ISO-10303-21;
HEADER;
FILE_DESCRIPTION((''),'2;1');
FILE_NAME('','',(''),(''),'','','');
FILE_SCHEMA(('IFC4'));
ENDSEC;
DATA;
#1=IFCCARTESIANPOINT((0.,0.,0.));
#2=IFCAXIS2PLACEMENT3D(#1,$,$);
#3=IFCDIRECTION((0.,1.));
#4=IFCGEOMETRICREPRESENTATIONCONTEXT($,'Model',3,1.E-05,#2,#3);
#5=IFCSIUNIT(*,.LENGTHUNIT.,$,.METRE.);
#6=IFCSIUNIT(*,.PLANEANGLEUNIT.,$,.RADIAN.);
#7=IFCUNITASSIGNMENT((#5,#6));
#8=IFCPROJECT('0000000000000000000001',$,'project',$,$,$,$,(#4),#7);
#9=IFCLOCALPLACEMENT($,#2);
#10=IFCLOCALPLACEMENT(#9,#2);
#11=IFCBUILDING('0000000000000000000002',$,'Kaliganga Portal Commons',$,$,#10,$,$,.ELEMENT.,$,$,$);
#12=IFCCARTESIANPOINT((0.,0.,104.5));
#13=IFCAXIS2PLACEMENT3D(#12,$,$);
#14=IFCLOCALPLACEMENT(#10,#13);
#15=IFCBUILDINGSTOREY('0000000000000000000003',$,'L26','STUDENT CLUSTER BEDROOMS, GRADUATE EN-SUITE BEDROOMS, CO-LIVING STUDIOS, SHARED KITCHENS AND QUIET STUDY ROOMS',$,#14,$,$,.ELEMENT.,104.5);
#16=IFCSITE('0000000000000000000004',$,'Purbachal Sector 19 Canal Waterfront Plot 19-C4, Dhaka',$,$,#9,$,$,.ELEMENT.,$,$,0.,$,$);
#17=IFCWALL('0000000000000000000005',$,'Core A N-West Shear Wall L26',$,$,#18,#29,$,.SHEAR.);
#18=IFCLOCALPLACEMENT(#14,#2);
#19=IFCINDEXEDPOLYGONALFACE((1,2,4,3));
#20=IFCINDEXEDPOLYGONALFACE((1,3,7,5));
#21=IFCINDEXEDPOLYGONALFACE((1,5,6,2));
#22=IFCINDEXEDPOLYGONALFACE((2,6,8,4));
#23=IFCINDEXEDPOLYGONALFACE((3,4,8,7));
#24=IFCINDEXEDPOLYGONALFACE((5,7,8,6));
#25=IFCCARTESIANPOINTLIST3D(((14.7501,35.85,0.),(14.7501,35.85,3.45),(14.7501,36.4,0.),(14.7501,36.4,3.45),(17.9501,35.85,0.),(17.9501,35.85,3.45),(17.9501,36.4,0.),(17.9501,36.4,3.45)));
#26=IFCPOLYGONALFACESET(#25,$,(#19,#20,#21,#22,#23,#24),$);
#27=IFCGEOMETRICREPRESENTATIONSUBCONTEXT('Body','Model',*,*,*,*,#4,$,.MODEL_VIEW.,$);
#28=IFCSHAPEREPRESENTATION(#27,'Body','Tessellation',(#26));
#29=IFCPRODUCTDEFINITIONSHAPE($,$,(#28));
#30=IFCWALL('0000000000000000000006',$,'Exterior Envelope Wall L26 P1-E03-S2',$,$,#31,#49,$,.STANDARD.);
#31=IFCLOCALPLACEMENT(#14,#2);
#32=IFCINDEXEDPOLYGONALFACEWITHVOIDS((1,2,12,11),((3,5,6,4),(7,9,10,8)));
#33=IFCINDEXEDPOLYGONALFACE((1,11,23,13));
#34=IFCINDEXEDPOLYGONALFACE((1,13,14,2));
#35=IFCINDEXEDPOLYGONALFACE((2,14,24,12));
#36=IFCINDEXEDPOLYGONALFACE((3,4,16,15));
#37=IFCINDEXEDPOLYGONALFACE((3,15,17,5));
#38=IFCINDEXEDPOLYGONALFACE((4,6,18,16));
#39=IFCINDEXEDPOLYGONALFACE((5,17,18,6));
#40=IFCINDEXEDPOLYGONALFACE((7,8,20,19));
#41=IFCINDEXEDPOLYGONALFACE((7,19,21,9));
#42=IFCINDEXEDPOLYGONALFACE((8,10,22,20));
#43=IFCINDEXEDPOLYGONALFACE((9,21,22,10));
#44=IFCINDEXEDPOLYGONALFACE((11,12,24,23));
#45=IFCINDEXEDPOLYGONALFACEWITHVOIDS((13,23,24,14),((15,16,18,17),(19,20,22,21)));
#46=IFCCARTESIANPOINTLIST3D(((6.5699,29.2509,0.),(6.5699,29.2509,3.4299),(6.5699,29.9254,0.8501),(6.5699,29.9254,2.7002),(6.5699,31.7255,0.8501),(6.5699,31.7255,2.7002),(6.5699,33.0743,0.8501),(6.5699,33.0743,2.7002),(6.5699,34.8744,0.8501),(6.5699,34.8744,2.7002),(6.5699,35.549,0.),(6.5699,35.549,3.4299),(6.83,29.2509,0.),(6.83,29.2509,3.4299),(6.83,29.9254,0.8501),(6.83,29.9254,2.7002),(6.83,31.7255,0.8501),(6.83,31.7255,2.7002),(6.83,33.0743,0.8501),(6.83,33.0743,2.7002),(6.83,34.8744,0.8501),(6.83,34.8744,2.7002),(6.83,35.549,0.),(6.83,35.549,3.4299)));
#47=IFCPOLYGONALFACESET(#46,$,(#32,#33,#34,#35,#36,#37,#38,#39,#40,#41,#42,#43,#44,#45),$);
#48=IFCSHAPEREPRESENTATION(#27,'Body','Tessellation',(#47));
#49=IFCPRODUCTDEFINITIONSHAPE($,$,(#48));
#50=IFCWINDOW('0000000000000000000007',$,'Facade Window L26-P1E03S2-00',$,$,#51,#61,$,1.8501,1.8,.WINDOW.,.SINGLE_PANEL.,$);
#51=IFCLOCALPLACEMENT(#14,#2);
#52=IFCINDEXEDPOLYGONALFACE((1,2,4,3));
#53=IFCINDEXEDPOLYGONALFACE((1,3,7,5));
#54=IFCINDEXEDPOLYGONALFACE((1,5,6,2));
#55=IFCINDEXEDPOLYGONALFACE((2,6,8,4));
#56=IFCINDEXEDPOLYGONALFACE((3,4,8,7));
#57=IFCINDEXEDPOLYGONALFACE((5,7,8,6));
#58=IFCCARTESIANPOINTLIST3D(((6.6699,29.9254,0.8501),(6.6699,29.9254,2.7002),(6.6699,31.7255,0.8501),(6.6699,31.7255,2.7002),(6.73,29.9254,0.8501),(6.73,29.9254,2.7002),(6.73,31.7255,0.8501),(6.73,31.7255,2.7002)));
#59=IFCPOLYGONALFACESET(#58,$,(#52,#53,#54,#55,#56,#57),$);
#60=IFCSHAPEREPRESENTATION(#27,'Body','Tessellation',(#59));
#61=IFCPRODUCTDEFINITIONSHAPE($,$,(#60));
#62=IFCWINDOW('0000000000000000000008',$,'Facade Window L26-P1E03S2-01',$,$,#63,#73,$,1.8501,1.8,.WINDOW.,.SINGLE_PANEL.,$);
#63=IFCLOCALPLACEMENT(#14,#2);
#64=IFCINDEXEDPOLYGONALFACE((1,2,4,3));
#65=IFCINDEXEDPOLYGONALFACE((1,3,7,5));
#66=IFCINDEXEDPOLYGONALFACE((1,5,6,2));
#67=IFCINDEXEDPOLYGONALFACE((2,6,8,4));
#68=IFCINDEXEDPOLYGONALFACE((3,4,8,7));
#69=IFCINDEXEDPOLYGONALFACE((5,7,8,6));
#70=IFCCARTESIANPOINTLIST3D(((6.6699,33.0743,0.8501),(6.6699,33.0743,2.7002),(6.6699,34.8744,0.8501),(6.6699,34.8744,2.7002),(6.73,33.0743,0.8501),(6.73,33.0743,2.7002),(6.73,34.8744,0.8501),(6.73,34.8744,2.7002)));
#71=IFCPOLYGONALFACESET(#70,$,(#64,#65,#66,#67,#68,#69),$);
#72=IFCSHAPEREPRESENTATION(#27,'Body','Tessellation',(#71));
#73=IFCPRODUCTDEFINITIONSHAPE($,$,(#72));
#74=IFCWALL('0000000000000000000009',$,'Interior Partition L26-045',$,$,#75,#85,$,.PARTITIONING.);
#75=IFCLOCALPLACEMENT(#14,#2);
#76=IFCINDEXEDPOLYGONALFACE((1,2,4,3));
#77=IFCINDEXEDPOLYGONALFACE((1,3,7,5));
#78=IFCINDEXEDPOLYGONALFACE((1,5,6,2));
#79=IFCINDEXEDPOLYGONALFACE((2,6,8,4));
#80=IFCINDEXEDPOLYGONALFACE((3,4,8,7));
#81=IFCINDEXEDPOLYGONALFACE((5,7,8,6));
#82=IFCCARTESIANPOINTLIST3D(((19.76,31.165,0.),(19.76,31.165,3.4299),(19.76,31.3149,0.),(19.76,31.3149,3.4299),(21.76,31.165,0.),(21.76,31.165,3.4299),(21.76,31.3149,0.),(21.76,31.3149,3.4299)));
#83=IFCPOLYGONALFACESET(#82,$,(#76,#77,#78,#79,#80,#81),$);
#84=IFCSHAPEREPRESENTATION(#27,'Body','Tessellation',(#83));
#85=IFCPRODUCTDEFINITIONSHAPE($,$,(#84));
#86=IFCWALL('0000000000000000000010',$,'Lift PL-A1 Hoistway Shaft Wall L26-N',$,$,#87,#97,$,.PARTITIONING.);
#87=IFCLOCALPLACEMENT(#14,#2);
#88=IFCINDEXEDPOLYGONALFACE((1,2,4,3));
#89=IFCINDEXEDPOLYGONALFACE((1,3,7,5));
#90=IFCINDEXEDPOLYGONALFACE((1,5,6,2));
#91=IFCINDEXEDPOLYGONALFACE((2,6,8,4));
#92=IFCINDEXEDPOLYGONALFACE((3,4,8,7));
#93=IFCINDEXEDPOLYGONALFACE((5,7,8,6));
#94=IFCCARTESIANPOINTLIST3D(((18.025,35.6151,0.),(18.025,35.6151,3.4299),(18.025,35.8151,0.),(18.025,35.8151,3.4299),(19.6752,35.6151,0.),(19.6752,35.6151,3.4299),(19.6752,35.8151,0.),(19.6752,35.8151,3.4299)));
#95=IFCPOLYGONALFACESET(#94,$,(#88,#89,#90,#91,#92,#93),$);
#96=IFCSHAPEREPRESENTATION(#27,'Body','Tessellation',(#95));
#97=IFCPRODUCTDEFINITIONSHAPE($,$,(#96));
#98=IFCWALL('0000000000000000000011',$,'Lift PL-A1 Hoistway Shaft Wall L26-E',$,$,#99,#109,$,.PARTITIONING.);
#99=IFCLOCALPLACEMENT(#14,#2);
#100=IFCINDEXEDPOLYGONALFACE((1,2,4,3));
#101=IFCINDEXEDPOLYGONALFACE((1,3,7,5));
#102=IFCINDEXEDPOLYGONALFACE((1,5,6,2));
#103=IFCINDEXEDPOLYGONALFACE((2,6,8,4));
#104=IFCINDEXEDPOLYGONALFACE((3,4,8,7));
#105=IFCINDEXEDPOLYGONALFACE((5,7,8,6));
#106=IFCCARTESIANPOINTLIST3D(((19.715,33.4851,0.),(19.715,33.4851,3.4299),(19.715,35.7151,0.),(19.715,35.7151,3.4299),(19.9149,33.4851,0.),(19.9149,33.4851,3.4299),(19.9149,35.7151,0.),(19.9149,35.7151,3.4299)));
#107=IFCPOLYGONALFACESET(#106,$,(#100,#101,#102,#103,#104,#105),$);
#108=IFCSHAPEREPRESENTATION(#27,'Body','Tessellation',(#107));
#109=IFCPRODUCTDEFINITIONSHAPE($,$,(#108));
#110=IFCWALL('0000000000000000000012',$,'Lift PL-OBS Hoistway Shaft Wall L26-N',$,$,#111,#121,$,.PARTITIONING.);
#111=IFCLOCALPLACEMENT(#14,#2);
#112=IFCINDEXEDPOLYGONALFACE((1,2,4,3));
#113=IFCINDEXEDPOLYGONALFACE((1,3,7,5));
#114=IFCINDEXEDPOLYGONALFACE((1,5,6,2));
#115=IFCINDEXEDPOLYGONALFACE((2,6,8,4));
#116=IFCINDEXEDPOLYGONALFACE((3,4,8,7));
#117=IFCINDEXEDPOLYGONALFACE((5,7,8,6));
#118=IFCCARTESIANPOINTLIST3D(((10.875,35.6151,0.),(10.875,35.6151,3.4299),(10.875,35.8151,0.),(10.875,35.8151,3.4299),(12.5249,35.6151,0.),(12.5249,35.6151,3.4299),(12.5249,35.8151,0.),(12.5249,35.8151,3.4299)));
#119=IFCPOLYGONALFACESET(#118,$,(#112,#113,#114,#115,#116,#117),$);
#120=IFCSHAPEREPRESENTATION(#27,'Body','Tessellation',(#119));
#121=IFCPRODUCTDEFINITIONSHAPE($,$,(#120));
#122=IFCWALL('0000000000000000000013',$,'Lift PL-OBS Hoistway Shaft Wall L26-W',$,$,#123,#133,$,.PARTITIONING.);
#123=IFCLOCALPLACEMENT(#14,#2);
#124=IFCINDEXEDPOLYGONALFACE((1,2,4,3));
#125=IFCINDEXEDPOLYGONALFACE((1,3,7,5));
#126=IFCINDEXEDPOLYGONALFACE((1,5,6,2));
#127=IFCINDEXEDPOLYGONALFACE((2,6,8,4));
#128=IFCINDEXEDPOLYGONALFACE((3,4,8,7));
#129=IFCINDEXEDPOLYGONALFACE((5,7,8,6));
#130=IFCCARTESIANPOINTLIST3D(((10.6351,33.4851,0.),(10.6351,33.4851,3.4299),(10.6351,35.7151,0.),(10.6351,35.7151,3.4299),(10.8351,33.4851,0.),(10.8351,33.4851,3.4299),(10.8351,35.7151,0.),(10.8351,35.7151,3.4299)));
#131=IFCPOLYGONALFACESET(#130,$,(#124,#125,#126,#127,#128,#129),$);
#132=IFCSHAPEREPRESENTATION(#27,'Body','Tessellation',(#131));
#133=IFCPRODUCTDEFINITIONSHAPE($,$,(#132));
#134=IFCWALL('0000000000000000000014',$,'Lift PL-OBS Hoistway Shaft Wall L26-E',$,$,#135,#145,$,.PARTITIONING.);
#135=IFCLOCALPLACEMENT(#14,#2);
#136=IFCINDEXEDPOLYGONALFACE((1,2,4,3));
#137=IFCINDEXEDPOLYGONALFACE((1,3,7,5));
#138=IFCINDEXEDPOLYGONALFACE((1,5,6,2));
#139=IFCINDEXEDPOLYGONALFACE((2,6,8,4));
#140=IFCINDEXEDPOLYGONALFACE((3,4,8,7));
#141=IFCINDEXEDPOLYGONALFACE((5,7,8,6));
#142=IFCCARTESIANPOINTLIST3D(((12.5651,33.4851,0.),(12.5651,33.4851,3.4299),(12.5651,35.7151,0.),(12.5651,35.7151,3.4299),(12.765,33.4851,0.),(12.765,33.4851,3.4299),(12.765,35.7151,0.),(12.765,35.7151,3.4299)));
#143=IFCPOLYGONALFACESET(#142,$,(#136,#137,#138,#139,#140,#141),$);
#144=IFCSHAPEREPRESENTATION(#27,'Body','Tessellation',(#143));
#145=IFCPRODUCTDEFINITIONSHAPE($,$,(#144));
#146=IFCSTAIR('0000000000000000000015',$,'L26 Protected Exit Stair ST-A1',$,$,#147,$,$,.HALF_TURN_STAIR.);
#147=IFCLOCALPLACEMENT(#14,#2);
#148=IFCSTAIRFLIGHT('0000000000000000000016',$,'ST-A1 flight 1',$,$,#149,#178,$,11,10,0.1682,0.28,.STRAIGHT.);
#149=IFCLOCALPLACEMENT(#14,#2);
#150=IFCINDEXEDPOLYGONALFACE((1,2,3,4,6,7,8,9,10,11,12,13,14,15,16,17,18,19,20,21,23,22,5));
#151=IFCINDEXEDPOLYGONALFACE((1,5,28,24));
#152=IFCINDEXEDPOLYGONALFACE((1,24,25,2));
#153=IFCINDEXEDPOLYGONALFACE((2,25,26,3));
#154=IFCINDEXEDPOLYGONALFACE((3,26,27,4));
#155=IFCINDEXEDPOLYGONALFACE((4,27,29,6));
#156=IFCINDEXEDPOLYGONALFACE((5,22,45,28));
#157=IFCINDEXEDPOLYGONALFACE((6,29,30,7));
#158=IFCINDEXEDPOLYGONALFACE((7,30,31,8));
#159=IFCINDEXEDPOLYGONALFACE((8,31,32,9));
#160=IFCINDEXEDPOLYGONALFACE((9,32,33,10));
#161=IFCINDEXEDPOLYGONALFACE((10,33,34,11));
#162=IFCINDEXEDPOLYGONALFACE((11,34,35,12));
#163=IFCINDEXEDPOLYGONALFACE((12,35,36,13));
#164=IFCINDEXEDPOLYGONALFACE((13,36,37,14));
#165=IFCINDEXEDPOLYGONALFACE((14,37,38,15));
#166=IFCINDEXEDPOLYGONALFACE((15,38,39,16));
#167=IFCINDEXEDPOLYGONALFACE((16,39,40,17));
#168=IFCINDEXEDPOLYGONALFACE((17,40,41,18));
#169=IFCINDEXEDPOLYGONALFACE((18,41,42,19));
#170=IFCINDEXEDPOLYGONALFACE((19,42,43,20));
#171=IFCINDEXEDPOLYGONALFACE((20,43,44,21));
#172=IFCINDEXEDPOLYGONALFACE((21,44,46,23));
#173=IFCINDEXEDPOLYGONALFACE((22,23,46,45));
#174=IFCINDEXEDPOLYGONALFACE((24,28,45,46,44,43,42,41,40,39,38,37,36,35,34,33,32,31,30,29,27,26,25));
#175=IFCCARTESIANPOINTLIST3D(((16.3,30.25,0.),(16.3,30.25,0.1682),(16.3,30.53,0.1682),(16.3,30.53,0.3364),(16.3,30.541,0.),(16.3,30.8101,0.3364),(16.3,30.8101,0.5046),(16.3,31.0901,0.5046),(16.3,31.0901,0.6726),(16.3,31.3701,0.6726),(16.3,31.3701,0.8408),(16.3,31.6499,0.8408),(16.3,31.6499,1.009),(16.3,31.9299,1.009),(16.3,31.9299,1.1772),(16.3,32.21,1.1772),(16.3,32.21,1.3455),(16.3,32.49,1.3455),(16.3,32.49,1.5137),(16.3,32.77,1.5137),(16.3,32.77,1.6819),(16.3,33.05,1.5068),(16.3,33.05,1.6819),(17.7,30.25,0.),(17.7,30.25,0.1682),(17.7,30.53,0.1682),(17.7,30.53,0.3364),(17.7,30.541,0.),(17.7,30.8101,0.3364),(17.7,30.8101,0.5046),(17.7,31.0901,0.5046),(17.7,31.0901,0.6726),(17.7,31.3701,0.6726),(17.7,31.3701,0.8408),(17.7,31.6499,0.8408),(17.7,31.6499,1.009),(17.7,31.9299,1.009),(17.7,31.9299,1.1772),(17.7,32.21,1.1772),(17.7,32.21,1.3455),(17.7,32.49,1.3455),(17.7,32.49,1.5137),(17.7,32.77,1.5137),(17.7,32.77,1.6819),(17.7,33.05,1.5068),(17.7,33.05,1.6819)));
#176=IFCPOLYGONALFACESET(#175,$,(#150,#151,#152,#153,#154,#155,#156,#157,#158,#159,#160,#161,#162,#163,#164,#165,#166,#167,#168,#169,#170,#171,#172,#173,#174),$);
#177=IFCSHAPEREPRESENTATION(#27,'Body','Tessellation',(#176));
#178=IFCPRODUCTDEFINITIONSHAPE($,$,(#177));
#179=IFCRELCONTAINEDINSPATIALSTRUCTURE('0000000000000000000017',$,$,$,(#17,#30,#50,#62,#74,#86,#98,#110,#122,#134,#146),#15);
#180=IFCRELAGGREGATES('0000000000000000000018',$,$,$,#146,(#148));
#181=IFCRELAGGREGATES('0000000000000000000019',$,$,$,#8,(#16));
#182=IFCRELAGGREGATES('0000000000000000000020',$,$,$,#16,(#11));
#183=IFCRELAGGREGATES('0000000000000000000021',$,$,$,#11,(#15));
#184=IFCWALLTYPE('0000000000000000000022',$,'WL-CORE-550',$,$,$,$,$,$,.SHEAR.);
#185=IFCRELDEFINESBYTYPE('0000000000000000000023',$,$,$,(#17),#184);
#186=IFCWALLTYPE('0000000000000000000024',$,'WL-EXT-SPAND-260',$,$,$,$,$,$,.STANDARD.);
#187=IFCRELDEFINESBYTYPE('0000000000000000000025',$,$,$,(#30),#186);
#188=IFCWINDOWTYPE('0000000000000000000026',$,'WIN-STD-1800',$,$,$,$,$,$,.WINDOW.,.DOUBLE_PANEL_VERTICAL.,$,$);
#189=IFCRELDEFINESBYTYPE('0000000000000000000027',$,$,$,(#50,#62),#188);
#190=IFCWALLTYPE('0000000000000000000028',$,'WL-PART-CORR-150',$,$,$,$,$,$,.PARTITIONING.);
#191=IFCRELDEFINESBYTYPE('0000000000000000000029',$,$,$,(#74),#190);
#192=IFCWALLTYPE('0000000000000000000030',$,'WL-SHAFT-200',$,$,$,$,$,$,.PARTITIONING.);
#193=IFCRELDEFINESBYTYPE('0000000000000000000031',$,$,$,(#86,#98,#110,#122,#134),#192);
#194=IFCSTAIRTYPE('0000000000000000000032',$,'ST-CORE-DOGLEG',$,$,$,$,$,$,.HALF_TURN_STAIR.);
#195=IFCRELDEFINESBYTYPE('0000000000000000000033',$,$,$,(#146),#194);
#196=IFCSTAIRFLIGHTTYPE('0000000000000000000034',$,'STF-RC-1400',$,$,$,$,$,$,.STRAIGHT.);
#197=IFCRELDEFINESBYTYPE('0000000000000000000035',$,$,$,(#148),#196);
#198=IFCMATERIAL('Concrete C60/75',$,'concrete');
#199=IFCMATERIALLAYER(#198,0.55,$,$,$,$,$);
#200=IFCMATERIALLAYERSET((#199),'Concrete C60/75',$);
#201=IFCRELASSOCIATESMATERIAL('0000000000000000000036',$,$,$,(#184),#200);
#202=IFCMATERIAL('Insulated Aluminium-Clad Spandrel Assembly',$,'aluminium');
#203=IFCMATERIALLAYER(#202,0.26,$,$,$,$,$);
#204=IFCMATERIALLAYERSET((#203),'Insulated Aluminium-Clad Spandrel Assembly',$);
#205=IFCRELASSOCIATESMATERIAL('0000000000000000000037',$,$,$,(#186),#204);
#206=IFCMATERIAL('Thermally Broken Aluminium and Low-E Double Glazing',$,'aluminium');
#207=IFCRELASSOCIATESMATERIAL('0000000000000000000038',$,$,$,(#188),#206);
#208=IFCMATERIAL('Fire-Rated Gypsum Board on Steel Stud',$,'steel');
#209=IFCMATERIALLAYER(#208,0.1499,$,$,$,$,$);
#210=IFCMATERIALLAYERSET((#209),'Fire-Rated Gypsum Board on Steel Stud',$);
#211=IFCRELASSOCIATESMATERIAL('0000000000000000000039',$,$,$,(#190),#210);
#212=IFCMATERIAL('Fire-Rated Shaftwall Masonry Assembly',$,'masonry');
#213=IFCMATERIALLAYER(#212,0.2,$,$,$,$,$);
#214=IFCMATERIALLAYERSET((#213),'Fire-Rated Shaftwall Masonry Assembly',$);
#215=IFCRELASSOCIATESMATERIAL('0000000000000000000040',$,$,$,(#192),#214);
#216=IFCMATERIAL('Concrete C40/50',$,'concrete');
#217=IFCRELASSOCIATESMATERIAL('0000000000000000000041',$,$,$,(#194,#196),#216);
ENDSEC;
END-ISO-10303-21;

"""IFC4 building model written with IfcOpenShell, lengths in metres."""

from ifc_helpers import new_model, si_unit, direction, frame, frame_2d, origin, place, context, subcontext, project, spatial, polyline, rectangle, outline, extrude, material, layer, layer_set, type_object, element, fill, aggregate, save


model = new_model("IFC4")

# Units and contexts
model_context = context("Model", 3, precision=1e-05, world=origin(), true_north=direction((0.0, 1.0)))
body_context = subcontext(model_context, "Body", "Model", "MODEL_VIEW")
ifc_project = project(units=[si_unit("LENGTHUNIT", "METRE"), si_unit("PLANEANGLEUNIT", "RADIAN")], contexts=[model_context])

# Site, building, storey
site_placement = place(None, origin())
site = spatial("IfcSite", under=ifc_project, at=site_placement, Name="Purbachal Sector 19 Canal Waterfront Plot 19-C4, Dhaka", CompositionType="ELEMENT", RefElevation=0.0)
building_placement = place(site_placement, origin())
building = spatial("IfcBuilding", under=site, at=building_placement, Name="Kaliganga Portal Commons", CompositionType="ELEMENT")
storey_placement = place(building_placement, frame((0.0, 0.0, 104.5)))
storey = spatial("IfcBuildingStorey", under=building, at=storey_placement, Name="L26", Description="STUDENT CLUSTER BEDROOMS, GRADUATE EN-SUITE BEDROOMS, CO-LIVING STUDIOS, SHARED KITCHENS AND QUIET STUDY ROOMS", CompositionType="ELEMENT", Elevation=104.5)

# Wall
ifc_material_1 = material(Name="Concrete C60/75", Category="concrete")
ifc_layer_1 = layer(ifc_material_1, 0.55)
ifc_layer_set_1 = layer_set([ifc_layer_1], Name="Concrete C60/75")
wall_type_1 = type_object("IfcWallType", Name="WL-CORE-550", PredefinedType="SHEAR", material=ifc_layer_set_1)
wall_1_placement = place(storey_placement, frame((14.75, 36.125, 0.0), z_axis=(0.0, 0.0, 1.0), x_axis=(1.0, 0.0, 0.0)))
element("IfcWall", 1, at=wall_1_placement, inside=storey, type_object=wall_type_1, Name="Core A N-West Shear Wall L26", PredefinedType="SHEAR", context=body_context, shape_type="SweptSolid", body=[
    extrude(rectangle(XDim=3.2, YDim=0.55, at=frame_2d((1.6001, 0.0))), origin(), (0.0, 0.0, 1.0), 3.45),
])

# Wall, openings, windows
ifc_material_2 = material(Name="Insulated Aluminium-Clad Spandrel Assembly", Category="aluminium")
ifc_layer_2 = layer(ifc_material_2, 0.26)
ifc_layer_set_2 = layer_set([ifc_layer_2], Name="Insulated Aluminium-Clad Spandrel Assembly")
wall_type_2 = type_object("IfcWallType", Name="WL-EXT-SPAND-260", PredefinedType="STANDARD", material=ifc_layer_set_2)
wall_2_placement = place(storey_placement, frame((6.7, 29.251, 0.0), z_axis=(0.0, 0.0, 1.0), x_axis=(0.0, 1.0, 0.0)))
wall_2 = element("IfcWall", 2, at=wall_2_placement, inside=storey, type_object=wall_type_2, Name="Exterior Envelope Wall L26 P1-E03-S2", PredefinedType="STANDARD", context=body_context, shape_type="SweptSolid", body=[
    extrude(rectangle(XDim=6.2981, YDim=0.26, at=frame_2d((3.1489, 0.0))), origin(), (0.0, 0.0, 1.0), 3.4299),
])
opening_1_placement = place(wall_2_placement, frame((0.6746, 0.0, 0.8501)))
opening_1 = element("IfcOpeningElement", 3, at=opening_1_placement, cuts=wall_2, PredefinedType="OPENING", context=body_context, shape_type="SweptSolid", body=[
    extrude(rectangle(XDim=1.8, YDim=1.8501, at=frame_2d((0.8999, 0.925))), frame((0.0, 0.1401, 0.0), z_axis=(0.0, -1.0, 0.0), x_axis=(1.0, 0.0, 0.0)), (0.0, 0.0, 1.0), 0.28),
])
opening_2_placement = place(wall_2_placement, frame((3.8235, 0.0, 0.8501)))
opening_2 = element("IfcOpeningElement", 4, at=opening_2_placement, cuts=wall_2, PredefinedType="OPENING", context=body_context, shape_type="SweptSolid", body=[
    extrude(rectangle(XDim=1.8, YDim=1.8501, at=frame_2d((0.8999, 0.925))), frame((0.0, 0.1401, 0.0), z_axis=(0.0, -1.0, 0.0), x_axis=(1.0, 0.0, 0.0)), (0.0, 0.0, 1.0), 0.28),
])
ifc_material_3 = material(Name="Thermally Broken Aluminium and Low-E Double Glazing", Category="aluminium")
window_type = type_object("IfcWindowType", Name="WIN-STD-1800", PartitioningType="DOUBLE_PANEL_VERTICAL", PredefinedType="WINDOW", material=ifc_material_3)
window_1_placement = place(opening_1_placement, origin())
window_1 = element("IfcWindow", 5, at=window_1_placement, inside=storey, type_object=window_type, Name="Facade Window L26-P1E03S2-00", OverallHeight=1.8501, OverallWidth=1.8, PartitioningType="SINGLE_PANEL", PredefinedType="WINDOW", context=body_context, shape_type="SweptSolid", body=[
    extrude(rectangle(XDim=1.8, YDim=1.8501, at=frame_2d((0.8999, 0.925))), frame((0.0, 0.03, 0.0), z_axis=(0.0, -1.0, 0.0), x_axis=(1.0, 0.0, 0.0)), (0.0, 0.0, 1.0), 0.0601),
])
fill(opening_1, window_1)
window_2_placement = place(opening_2_placement, origin())
window_2 = element("IfcWindow", 6, at=window_2_placement, inside=storey, type_object=window_type, Name="Facade Window L26-P1E03S2-01", OverallHeight=1.8501, OverallWidth=1.8, PartitioningType="SINGLE_PANEL", PredefinedType="WINDOW", context=body_context, shape_type="SweptSolid", body=[
    extrude(rectangle(XDim=1.8, YDim=1.8501, at=frame_2d((0.8999, 0.925))), frame((0.0, 0.03, 0.0), z_axis=(0.0, -1.0, 0.0), x_axis=(1.0, 0.0, 0.0)), (0.0, 0.0, 1.0), 0.0601),
])
fill(opening_2, window_2)

# Wall
ifc_material_4 = material(Name="Fire-Rated Gypsum Board on Steel Stud", Category="steel")
ifc_layer_3 = layer(ifc_material_4, 0.1499)
ifc_layer_set_3 = layer_set([ifc_layer_3], Name="Fire-Rated Gypsum Board on Steel Stud")
wall_type_3 = type_object("IfcWallType", Name="WL-PART-CORR-150", PredefinedType="PARTITIONING", material=ifc_layer_set_3)
wall_3_placement = place(storey_placement, frame((19.76, 31.24, 0.0), z_axis=(0.0, 0.0, 1.0), x_axis=(1.0, 0.0, 0.0)))
element("IfcWall", 7, at=wall_3_placement, inside=storey, type_object=wall_type_3, Name="Interior Partition L26-045", PredefinedType="PARTITIONING", context=body_context, shape_type="SweptSolid", body=[
    extrude(rectangle(XDim=2.0, YDim=0.1499, at=frame_2d((1.0, 0.0))), origin(), (0.0, 0.0, 1.0), 3.4299),
])

# Shared definitions
ifc_material_5 = material(Name="Fire-Rated Shaftwall Masonry Assembly", Category="masonry")
ifc_layer_4 = layer(ifc_material_5, 0.2)
ifc_layer_set_4 = layer_set([ifc_layer_4], Name="Fire-Rated Shaftwall Masonry Assembly")
wall_type_4 = type_object("IfcWallType", Name="WL-SHAFT-200", PredefinedType="PARTITIONING", material=ifc_layer_set_4)

# Walls
wall_4_placement = place(storey_placement, frame((18.0249, 35.7151, 0.0), z_axis=(0.0, 0.0, 1.0), x_axis=(1.0, 0.0, 0.0)))
element("IfcWall", 8, at=wall_4_placement, inside=storey, type_object=wall_type_4, Name="Lift PL-A1 Hoistway Shaft Wall L26-N", PredefinedType="PARTITIONING", context=body_context, shape_type="SweptSolid", body=[
    extrude(rectangle(XDim=1.6501, YDim=0.2, at=frame_2d((0.8252, 0.0))), origin(), (0.0, 0.0, 1.0), 3.4299),
])
wall_5_placement = place(storey_placement, frame((19.8149, 33.4851, 0.0), z_axis=(0.0, 0.0, 1.0), x_axis=(0.0, 1.0, 0.0)))
element("IfcWall", 9, at=wall_5_placement, inside=storey, type_object=wall_type_4, Name="Lift PL-A1 Hoistway Shaft Wall L26-E", PredefinedType="PARTITIONING", context=body_context, shape_type="SweptSolid", body=[
    extrude(rectangle(XDim=2.23, YDim=0.2, at=frame_2d((1.115, 0.0))), origin(), (0.0, 0.0, 1.0), 3.4299),
])

# Walls
wall_6_placement = place(storey_placement, frame((10.875, 35.7151, 0.0), z_axis=(0.0, 0.0, 1.0), x_axis=(1.0, 0.0, 0.0)))
element("IfcWall", 10, at=wall_6_placement, inside=storey, type_object=wall_type_4, Name="Lift PL-OBS Hoistway Shaft Wall L26-N", PredefinedType="PARTITIONING", context=body_context, shape_type="SweptSolid", body=[
    extrude(rectangle(XDim=1.6499, YDim=0.2, at=frame_2d((0.825, 0.0))), origin(), (0.0, 0.0, 1.0), 3.4299),
])
for number, where, z_axis, x_axis, name in (
    (11, (10.7351, 33.4851, 0.0), (0.0, 0.0, 1.0), (0.0, 1.0, 0.0), "Lift PL-OBS Hoistway Shaft Wall L26-W"),
    (12, (12.665, 33.4851, 0.0), (0.0, 0.0, 1.0), (0.0, 1.0, 0.0), "Lift PL-OBS Hoistway Shaft Wall L26-E"),
):
    element("IfcWall", number, at=place(storey_placement, frame(where, z_axis=z_axis, x_axis=x_axis)), inside=storey, type_object=wall_type_4, Name=name, PredefinedType="PARTITIONING", context=body_context, shape_type="SweptSolid", body=[
        extrude(rectangle(XDim=2.23, YDim=0.2, at=frame_2d((1.115, 0.0))), origin(), (0.0, 0.0, 1.0), 3.4299),
    ])

# Stair, stair flight
ifc_material_6 = material(Name="Concrete C40/50", Category="concrete")
stair_type = type_object("IfcStairType", Name="ST-CORE-DOGLEG", PredefinedType="HALF_TURN_STAIR", material=ifc_material_6)
stair_placement = place(storey_placement, origin())
stair = element("IfcStair", 13, at=stair_placement, inside=storey, type_object=stair_type, Name="L26 Protected Exit Stair ST-A1", PredefinedType="HALF_TURN_STAIR")
stair_flight_type = type_object("IfcStairFlightType", Name="STF-RC-1400", PredefinedType="STRAIGHT", material=ifc_material_6)
stair_flight_1_placement = place(storey_placement, frame((17.0, 30.25, 0.0), z_axis=(0.0, 0.0, 1.0), x_axis=(0.0, 1.0, 0.0)))
stair_flight_1 = element("IfcStairFlight", 14, at=stair_flight_1_placement, type_object=stair_flight_type, Name="ST-A1 flight 1", NumberOfRisers=11, NumberOfTreads=10, PredefinedType="STRAIGHT", RiserHeight=0.1682, TreadLength=0.28, context=body_context, shape_type="SweptSolid", body=[
    extrude(outline(polyline([(0.0, 0.0), (0.0, 0.1682), (0.28, 0.1682), (0.28, 0.3364), (0.5601, 0.3364), (0.5601, 0.5046), (0.8401, 0.5046), (0.8401, 0.6726), (1.1201, 0.6726), (1.1201, 0.8408), (1.3999, 0.8408), (1.3999, 1.009), (1.6799, 1.009), (1.6799, 1.1772), (1.96, 1.1772), (1.96, 1.3455), (2.24, 1.3455), (2.24, 1.5137), (2.52, 1.5137), (2.52, 1.6819), (2.8, 1.6819), (2.8, 1.8501), (2.8, 1.5068), (0.291, 0.0), (0.0, 0.0)])), frame((0.0, 0.7, 0.0), z_axis=(0.0, -1.0, 0.0), x_axis=(1.0, 0.0, 0.0)), (0.0, 0.0, 1.0), 1.3999),
])
aggregate(stair, [stair_flight_1])

save(model, "model.ifc")
